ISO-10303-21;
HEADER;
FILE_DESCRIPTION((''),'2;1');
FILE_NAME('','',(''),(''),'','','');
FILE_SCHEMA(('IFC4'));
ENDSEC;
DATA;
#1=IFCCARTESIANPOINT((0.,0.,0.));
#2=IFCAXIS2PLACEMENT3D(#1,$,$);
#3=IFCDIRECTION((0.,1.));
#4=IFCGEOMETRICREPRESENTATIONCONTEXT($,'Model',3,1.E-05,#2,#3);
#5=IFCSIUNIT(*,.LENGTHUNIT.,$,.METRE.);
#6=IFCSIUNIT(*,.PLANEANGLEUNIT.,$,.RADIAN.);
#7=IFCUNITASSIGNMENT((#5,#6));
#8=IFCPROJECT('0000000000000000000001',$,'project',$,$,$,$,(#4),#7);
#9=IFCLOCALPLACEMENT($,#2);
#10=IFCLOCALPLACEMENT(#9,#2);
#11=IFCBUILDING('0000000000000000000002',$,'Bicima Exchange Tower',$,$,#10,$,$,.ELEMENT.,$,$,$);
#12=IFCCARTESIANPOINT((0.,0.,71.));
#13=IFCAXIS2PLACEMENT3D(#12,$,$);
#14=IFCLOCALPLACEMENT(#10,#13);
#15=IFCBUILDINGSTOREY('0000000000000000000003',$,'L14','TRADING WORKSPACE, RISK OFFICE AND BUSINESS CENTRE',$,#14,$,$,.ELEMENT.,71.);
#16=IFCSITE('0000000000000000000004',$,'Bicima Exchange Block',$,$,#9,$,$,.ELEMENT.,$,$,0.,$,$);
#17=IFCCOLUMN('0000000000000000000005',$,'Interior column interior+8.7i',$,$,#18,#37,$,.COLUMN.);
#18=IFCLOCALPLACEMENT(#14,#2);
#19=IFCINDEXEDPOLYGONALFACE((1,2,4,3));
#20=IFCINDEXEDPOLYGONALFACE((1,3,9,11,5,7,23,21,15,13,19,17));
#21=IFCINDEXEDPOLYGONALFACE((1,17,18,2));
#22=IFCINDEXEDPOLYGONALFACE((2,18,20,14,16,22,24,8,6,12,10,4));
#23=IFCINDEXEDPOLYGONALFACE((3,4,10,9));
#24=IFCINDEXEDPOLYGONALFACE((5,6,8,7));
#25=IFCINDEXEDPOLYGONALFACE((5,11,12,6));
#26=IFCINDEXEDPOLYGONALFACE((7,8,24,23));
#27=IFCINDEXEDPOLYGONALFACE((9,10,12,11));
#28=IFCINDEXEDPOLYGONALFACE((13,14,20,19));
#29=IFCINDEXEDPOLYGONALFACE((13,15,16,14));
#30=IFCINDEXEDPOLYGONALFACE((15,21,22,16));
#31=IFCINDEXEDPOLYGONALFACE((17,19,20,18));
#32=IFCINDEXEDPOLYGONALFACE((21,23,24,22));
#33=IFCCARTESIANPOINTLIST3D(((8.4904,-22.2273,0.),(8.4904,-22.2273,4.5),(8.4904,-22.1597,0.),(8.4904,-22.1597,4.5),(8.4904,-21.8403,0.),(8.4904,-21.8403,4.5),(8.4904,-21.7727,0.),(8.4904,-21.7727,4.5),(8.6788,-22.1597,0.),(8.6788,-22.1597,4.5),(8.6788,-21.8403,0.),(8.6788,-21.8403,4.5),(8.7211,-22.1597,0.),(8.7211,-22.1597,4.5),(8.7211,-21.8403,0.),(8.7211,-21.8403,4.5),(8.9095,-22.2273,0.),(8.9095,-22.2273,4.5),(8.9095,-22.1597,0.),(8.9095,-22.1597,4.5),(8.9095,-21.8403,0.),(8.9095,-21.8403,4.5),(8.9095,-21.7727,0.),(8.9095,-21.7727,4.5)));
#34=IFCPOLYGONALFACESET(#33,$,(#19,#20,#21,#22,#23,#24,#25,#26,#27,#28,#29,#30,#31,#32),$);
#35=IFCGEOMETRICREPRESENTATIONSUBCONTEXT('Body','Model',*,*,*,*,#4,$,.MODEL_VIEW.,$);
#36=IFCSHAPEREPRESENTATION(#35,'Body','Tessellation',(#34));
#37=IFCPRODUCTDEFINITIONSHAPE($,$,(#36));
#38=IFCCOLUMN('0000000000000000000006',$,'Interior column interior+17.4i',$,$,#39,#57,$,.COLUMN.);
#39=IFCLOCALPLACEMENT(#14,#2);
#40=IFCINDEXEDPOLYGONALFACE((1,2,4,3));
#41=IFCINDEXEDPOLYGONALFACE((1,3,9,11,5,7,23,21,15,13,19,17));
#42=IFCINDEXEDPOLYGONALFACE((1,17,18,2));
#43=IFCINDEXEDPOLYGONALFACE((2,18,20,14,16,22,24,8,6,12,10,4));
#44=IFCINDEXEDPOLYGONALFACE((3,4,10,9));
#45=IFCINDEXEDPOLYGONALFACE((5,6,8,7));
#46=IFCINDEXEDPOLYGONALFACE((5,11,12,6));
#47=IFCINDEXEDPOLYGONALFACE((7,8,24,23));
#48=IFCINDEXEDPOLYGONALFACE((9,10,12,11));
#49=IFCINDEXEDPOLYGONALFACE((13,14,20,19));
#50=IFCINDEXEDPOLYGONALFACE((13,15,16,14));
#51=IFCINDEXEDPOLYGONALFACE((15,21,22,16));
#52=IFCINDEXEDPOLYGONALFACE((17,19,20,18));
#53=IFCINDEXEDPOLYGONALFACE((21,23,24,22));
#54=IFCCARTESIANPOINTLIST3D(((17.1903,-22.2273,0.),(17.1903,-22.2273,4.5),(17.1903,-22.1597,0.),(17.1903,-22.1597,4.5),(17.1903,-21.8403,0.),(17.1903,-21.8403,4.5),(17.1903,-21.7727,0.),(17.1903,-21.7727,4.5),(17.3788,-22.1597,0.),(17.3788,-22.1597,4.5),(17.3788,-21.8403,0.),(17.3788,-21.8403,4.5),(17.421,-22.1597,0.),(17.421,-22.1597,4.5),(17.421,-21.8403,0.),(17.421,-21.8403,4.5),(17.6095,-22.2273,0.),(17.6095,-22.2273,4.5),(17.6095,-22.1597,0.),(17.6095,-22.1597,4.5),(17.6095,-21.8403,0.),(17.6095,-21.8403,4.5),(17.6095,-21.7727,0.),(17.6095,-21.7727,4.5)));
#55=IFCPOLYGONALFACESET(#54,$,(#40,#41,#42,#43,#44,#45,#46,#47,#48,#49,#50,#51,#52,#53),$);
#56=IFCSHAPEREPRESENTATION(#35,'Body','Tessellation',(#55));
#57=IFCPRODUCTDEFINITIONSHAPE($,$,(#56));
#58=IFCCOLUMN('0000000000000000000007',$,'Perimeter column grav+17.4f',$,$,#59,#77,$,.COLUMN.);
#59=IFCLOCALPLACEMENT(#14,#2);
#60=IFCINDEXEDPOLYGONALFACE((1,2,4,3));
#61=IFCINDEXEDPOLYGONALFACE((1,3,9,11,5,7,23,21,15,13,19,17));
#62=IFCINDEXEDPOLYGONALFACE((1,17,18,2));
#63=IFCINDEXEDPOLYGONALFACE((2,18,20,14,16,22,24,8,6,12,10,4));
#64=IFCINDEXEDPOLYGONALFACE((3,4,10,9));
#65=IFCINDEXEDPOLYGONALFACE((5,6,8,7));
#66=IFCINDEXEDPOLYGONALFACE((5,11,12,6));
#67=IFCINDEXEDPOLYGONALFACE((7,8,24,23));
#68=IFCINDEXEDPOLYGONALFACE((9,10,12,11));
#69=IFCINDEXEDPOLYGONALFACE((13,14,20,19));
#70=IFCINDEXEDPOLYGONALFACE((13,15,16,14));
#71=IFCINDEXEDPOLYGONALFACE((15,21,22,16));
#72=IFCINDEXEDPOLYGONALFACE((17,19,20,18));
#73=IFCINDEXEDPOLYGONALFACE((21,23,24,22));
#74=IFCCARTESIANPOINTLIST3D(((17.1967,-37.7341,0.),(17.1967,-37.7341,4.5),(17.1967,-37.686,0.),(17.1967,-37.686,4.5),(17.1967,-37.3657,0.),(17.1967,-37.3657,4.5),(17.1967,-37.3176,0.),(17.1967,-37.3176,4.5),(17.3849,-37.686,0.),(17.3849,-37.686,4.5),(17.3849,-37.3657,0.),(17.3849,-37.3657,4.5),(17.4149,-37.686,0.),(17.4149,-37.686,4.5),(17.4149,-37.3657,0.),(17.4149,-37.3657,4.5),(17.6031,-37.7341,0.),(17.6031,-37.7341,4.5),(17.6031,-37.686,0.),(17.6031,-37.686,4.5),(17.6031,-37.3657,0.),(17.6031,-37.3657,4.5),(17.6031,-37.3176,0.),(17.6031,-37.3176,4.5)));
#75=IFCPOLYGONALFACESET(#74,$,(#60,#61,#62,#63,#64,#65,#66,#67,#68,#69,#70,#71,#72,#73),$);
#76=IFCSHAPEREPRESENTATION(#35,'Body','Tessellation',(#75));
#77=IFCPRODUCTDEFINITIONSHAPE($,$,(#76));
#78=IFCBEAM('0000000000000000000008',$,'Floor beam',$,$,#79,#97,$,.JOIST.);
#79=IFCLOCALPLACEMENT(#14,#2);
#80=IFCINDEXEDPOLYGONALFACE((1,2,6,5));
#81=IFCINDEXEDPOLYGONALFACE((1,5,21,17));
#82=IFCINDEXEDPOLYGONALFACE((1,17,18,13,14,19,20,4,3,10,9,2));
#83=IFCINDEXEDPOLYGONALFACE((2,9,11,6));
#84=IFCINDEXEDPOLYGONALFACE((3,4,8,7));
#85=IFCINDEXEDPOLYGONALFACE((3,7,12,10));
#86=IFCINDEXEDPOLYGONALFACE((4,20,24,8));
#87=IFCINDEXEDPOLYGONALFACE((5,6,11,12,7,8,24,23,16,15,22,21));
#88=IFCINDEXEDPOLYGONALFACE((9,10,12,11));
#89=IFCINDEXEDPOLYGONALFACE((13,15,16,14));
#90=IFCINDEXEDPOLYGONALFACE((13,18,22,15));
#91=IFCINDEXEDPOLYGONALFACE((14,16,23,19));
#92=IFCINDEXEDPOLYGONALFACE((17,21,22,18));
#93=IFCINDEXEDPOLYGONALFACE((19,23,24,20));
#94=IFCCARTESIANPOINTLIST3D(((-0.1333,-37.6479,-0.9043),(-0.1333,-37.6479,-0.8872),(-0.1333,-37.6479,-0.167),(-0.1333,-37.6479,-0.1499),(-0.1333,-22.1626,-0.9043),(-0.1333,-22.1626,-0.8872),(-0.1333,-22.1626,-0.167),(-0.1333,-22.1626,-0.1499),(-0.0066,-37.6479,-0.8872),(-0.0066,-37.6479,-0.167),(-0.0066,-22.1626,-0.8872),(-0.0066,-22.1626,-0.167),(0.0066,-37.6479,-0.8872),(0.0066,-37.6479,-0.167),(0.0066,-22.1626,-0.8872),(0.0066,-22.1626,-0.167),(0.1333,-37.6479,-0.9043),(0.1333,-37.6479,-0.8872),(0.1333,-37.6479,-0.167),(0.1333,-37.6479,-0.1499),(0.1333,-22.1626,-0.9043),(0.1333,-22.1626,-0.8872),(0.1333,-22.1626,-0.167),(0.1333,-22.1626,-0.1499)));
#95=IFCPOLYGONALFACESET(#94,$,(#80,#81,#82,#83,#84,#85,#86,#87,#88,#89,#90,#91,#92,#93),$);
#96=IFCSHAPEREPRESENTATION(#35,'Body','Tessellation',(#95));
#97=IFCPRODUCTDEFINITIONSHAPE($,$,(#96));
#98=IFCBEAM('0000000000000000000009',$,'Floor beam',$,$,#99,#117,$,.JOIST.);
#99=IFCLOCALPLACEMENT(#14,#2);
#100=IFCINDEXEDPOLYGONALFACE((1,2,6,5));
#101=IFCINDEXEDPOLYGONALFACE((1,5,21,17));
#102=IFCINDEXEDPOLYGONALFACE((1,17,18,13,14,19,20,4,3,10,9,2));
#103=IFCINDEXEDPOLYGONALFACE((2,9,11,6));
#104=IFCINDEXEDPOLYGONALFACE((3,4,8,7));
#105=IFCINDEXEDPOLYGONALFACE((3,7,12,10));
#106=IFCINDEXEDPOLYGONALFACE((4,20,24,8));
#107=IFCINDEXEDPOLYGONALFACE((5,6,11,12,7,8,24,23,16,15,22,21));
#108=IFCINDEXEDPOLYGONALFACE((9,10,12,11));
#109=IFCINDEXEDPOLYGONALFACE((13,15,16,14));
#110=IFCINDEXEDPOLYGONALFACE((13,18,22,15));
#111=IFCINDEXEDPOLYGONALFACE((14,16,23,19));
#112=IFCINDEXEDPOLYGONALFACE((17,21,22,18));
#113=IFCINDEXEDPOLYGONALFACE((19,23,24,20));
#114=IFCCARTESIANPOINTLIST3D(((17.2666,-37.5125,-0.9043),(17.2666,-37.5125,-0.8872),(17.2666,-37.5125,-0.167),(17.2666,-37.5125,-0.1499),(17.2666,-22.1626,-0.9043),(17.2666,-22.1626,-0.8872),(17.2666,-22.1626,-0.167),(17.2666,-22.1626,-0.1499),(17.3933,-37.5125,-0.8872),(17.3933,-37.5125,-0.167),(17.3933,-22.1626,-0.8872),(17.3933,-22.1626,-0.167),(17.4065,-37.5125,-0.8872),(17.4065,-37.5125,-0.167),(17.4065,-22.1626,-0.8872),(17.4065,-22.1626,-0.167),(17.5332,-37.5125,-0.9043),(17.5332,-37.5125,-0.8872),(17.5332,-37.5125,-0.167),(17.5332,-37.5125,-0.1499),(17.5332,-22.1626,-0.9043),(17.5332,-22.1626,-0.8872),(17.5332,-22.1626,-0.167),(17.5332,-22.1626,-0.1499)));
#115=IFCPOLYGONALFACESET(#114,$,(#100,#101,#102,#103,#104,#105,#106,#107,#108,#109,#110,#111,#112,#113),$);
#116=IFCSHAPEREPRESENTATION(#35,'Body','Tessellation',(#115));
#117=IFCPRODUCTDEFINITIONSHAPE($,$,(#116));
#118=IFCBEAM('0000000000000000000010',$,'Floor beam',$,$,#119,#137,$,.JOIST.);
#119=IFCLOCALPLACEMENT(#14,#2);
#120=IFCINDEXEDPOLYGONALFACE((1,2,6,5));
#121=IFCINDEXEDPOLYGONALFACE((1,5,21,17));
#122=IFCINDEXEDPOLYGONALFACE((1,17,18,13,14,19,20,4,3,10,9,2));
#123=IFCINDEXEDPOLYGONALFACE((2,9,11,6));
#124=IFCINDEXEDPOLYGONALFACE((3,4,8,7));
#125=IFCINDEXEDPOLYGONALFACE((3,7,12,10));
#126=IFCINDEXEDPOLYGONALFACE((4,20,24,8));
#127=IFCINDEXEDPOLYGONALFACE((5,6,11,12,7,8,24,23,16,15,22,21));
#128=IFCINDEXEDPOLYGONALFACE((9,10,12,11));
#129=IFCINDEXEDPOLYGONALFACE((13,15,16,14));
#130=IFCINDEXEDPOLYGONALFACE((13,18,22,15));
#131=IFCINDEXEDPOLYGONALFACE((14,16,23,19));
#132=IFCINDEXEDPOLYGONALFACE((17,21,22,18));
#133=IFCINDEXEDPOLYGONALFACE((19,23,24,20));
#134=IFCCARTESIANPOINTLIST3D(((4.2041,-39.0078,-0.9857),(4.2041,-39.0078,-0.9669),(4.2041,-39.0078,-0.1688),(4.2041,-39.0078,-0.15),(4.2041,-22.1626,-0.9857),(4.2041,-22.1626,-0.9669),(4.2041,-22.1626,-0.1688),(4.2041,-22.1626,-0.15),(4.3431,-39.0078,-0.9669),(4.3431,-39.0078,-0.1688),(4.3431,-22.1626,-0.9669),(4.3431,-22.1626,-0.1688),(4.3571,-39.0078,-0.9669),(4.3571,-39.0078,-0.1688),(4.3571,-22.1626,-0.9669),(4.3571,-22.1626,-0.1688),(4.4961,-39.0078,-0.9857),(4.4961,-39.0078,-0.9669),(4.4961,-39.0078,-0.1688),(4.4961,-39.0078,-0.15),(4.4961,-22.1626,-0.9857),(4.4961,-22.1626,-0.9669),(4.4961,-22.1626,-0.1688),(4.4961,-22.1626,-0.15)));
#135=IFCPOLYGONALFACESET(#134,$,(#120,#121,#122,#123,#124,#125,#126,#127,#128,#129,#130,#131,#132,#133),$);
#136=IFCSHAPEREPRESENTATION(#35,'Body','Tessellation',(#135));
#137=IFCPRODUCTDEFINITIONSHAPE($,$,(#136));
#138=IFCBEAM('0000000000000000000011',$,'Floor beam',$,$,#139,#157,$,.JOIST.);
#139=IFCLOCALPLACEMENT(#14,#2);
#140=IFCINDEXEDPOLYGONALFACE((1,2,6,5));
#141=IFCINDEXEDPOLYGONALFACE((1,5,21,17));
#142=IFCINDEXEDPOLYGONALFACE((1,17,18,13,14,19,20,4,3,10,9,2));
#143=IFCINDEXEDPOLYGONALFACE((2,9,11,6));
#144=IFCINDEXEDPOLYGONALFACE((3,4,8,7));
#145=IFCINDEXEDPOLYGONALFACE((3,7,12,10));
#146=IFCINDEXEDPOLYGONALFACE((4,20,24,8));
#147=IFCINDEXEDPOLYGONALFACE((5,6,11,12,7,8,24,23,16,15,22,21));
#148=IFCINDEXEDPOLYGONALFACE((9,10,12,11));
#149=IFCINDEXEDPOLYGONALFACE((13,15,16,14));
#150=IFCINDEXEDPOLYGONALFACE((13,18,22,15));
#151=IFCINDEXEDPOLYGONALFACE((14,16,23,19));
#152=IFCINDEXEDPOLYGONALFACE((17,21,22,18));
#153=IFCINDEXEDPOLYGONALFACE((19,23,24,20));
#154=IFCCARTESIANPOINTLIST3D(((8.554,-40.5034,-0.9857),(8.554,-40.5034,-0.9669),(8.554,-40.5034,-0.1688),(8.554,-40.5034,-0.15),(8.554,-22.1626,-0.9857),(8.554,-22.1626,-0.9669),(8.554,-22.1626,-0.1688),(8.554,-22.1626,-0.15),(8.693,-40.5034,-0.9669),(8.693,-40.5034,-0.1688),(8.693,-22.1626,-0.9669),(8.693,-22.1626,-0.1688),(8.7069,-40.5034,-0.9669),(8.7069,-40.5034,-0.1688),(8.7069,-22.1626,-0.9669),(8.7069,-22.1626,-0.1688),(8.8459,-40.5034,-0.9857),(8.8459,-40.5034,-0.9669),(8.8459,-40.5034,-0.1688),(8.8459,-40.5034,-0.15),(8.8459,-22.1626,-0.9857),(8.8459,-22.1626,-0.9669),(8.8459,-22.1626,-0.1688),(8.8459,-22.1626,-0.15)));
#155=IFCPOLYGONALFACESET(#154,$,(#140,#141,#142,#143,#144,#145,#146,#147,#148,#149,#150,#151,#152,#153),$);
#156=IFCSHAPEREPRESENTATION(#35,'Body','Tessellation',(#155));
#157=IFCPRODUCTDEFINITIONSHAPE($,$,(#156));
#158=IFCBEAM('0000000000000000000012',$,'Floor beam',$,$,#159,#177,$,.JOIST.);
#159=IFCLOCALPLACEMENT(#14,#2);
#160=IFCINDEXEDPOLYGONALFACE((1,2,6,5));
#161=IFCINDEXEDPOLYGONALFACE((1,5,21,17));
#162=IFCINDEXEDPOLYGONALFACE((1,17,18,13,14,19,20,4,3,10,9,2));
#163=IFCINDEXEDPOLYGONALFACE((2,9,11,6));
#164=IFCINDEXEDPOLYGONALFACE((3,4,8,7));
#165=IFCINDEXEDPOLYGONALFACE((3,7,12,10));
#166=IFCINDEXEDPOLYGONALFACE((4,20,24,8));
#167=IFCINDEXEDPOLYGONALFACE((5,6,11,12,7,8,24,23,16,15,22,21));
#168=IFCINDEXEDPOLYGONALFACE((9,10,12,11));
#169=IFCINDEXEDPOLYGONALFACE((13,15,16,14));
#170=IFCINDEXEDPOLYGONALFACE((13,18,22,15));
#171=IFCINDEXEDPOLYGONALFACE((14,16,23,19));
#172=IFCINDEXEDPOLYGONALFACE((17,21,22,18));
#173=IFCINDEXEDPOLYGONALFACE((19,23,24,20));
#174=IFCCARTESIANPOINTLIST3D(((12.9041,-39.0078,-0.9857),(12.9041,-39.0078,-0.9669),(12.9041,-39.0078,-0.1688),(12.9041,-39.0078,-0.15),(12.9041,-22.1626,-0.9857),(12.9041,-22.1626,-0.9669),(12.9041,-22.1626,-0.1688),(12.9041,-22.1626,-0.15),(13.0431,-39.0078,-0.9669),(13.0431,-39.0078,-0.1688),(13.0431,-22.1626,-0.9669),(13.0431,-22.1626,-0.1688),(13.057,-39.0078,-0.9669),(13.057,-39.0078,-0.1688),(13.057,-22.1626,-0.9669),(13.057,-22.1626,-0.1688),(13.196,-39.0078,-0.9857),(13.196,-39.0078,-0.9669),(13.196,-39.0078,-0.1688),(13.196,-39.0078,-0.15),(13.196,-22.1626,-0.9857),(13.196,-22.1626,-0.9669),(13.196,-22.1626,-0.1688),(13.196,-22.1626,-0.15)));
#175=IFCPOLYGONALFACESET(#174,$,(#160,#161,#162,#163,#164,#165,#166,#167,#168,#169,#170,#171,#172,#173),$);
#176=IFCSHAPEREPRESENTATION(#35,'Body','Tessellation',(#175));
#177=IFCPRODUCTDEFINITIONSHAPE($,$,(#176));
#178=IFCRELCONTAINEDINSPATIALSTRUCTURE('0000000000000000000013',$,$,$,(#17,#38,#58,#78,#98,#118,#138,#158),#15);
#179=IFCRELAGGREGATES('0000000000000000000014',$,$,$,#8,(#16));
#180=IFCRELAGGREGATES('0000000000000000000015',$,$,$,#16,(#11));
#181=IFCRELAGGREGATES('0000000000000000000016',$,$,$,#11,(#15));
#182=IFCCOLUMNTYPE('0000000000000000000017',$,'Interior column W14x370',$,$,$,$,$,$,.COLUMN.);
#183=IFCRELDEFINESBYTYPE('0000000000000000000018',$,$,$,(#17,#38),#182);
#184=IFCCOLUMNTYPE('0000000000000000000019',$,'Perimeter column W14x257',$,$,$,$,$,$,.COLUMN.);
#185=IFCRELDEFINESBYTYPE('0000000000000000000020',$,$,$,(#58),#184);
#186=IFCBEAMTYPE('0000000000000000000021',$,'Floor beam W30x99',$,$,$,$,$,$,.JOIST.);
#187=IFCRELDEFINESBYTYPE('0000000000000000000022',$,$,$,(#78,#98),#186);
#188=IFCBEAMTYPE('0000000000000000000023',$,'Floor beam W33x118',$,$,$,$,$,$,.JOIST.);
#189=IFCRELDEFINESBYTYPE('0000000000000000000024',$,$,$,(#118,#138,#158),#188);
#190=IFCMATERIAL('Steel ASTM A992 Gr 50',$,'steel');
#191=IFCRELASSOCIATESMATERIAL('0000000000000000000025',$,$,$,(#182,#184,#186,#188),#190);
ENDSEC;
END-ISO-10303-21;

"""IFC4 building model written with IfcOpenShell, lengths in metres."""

from ifc_helpers import new_model, si_unit, direction, frame, origin, origin_2d, place, context, subcontext, project, spatial, i_section, extrude, material, material_profile, profile_set, type_object, element, save


model = new_model("IFC4")

# Units and contexts
model_context = context("Model", 3, precision=1e-05, world=origin(), true_north=direction((0.0, 1.0)))
body_context = subcontext(model_context, "Body", "Model", "MODEL_VIEW")
ifc_project = project(units=[si_unit("LENGTHUNIT", "METRE"), si_unit("PLANEANGLEUNIT", "RADIAN")], contexts=[model_context])

# Site, building, storey
site_placement = place(None, origin())
site = spatial("IfcSite", under=ifc_project, at=site_placement, Name="Bicima Exchange Block", CompositionType="ELEMENT", RefElevation=0.0)
building_placement = place(site_placement, origin())
building = spatial("IfcBuilding", under=site, at=building_placement, Name="Bicima Exchange Tower", CompositionType="ELEMENT")
storey_placement = place(building_placement, frame((0.0, 0.0, 71.0)))
storey = spatial("IfcBuildingStorey", under=building, at=storey_placement, Name="L14", Description="TRADING WORKSPACE, RISK OFFICE AND BUSINESS CENTRE", CompositionType="ELEMENT", Elevation=71.0)

# Columns
ifc_material_1 = material(Name="Steel ASTM A992 Gr 50", Category="steel")
ifc_material_profile_1 = material_profile(ifc_material_1, i_section(OverallWidth=0.4192, OverallDepth=0.4546, WebThickness=0.0422, FlangeThickness=0.0676, at=origin_2d()))
ifc_profile_set_1 = profile_set([ifc_material_profile_1], Name="Steel ASTM A992 Gr 50")
column_type_1 = type_object("IfcColumnType", Name="Interior column W14x370", PredefinedType="COLUMN", material=ifc_profile_set_1)
for number, where, z_axis, x_axis, name in (
    (1, (8.7, -22.0, 0.0), (0.0, 0.0, 1.0), (1.0, 0.0, 0.0), "Interior column interior+8.7i"),
    (2, (17.3999, -22.0, 0.0), (0.0, 0.0, 1.0), (1.0, 0.0, 0.0), "Interior column interior+17.4i"),
):
    element("IfcColumn", number, at=place(storey_placement, frame(where, z_axis=z_axis, x_axis=x_axis)), inside=storey, type_object=column_type_1, Name=name, PredefinedType="COLUMN", context=body_context, shape_type="SweptSolid", body=[
        extrude(i_section(OverallWidth=0.4192, OverallDepth=0.4546, WebThickness=0.0422, FlangeThickness=0.0676, at=origin_2d()), origin(), (0.0, 0.0, 1.0), 4.5),
    ])
ifc_material_profile_2 = material_profile(ifc_material_1, i_section(OverallWidth=0.4065, OverallDepth=0.4165, WebThickness=0.03, FlangeThickness=0.0481, at=origin_2d()))
ifc_profile_set_2 = profile_set([ifc_material_profile_2], Name="Steel ASTM A992 Gr 50")
column_type_2 = type_object("IfcColumnType", Name="Perimeter column W14x257", PredefinedType="COLUMN", material=ifc_profile_set_2)
column_placement = place(storey_placement, frame((17.3999, -37.5259, 0.0), z_axis=(0.0, 0.0, 1.0), x_axis=(1.0, 0.0, 0.0)))
element("IfcColumn", 3, at=column_placement, inside=storey, type_object=column_type_2, Name="Perimeter column grav+17.4f", PredefinedType="COLUMN", context=body_context, shape_type="SweptSolid", body=[
    extrude(i_section(OverallWidth=0.4065, OverallDepth=0.4165, WebThickness=0.03, FlangeThickness=0.0481, at=origin_2d()), origin(), (0.0, 0.0, 1.0), 4.5),
])

# Beams
ifc_material_profile_3 = material_profile(ifc_material_1, i_section(OverallWidth=0.2666, OverallDepth=0.7544, WebThickness=0.0132, FlangeThickness=0.0171, at=origin_2d()))
ifc_profile_set_3 = profile_set([ifc_material_profile_3], Name="Steel ASTM A992 Gr 50")
beam_type_1 = type_object("IfcBeamType", Name="Floor beam W30x99", PredefinedType="JOIST", material=ifc_profile_set_3)
beam_1_placement = place(storey_placement, frame((0.0, -22.1626, -0.5271), z_axis=(0.0, -1.0, 0.0), x_axis=(1.0, 0.0, 0.0)))
element("IfcBeam", 4, at=beam_1_placement, inside=storey, type_object=beam_type_1, Name="Floor beam", PredefinedType="JOIST", context=body_context, shape_type="SweptSolid", body=[
    extrude(i_section(OverallWidth=0.2666, OverallDepth=0.7544, WebThickness=0.0132, FlangeThickness=0.0171, at=origin_2d()), origin(), (0.0, 0.0, 1.0), 15.4854),
])
beam_2_placement = place(storey_placement, frame((17.3999, -22.1626, -0.5271), z_axis=(0.0, -1.0, 0.0), x_axis=(1.0, 0.0, 0.0)))
element("IfcBeam", 5, at=beam_2_placement, inside=storey, type_object=beam_type_1, Name="Floor beam", PredefinedType="JOIST", context=body_context, shape_type="SweptSolid", body=[
    extrude(i_section(OverallWidth=0.2666, OverallDepth=0.7544, WebThickness=0.0132, FlangeThickness=0.0171, at=origin_2d()), origin(), (0.0, 0.0, 1.0), 15.3499),
])
ifc_material_profile_4 = material_profile(ifc_material_1, i_section(OverallWidth=0.292, OverallDepth=0.8357, WebThickness=0.0139, FlangeThickness=0.0188, at=origin_2d()))
ifc_profile_set_4 = profile_set([ifc_material_profile_4], Name="Steel ASTM A992 Gr 50")
beam_type_2 = type_object("IfcBeamType", Name="Floor beam W33x118", PredefinedType="JOIST", material=ifc_profile_set_4)
beam_3_placement = place(storey_placement, frame((4.3501, -22.1626, -0.5679), z_axis=(0.0, -1.0, 0.0), x_axis=(1.0, 0.0, 0.0)))
element("IfcBeam", 6, at=beam_3_placement, inside=storey, type_object=beam_type_2, Name="Floor beam", PredefinedType="JOIST", context=body_context, shape_type="SweptSolid", body=[
    extrude(i_section(OverallWidth=0.292, OverallDepth=0.8357, WebThickness=0.0139, FlangeThickness=0.0188, at=origin_2d()), origin(), (0.0, 0.0, 1.0), 16.8452),
])
beam_4_placement = place(storey_placement, frame((8.7, -22.1626, -0.5679), z_axis=(0.0, -1.0, 0.0), x_axis=(1.0, 0.0, 0.0)))
element("IfcBeam", 7, at=beam_4_placement, inside=storey, type_object=beam_type_2, Name="Floor beam", PredefinedType="JOIST", context=body_context, shape_type="SweptSolid", body=[
    extrude(i_section(OverallWidth=0.292, OverallDepth=0.8357, WebThickness=0.0139, FlangeThickness=0.0188, at=origin_2d()), origin(), (0.0, 0.0, 1.0), 18.3408),
])
beam_5_placement = place(storey_placement, frame((13.05, -22.1626, -0.5679), z_axis=(0.0, -1.0, 0.0), x_axis=(1.0, 0.0, 0.0)))
element("IfcBeam", 8, at=beam_5_placement, inside=storey, type_object=beam_type_2, Name="Floor beam", PredefinedType="JOIST", context=body_context, shape_type="SweptSolid", body=[
    extrude(i_section(OverallWidth=0.292, OverallDepth=0.8357, WebThickness=0.0139, FlangeThickness=0.0188, at=origin_2d()), origin(), (0.0, 0.0, 1.0), 16.8452),
])

save(model, "model.ifc")
